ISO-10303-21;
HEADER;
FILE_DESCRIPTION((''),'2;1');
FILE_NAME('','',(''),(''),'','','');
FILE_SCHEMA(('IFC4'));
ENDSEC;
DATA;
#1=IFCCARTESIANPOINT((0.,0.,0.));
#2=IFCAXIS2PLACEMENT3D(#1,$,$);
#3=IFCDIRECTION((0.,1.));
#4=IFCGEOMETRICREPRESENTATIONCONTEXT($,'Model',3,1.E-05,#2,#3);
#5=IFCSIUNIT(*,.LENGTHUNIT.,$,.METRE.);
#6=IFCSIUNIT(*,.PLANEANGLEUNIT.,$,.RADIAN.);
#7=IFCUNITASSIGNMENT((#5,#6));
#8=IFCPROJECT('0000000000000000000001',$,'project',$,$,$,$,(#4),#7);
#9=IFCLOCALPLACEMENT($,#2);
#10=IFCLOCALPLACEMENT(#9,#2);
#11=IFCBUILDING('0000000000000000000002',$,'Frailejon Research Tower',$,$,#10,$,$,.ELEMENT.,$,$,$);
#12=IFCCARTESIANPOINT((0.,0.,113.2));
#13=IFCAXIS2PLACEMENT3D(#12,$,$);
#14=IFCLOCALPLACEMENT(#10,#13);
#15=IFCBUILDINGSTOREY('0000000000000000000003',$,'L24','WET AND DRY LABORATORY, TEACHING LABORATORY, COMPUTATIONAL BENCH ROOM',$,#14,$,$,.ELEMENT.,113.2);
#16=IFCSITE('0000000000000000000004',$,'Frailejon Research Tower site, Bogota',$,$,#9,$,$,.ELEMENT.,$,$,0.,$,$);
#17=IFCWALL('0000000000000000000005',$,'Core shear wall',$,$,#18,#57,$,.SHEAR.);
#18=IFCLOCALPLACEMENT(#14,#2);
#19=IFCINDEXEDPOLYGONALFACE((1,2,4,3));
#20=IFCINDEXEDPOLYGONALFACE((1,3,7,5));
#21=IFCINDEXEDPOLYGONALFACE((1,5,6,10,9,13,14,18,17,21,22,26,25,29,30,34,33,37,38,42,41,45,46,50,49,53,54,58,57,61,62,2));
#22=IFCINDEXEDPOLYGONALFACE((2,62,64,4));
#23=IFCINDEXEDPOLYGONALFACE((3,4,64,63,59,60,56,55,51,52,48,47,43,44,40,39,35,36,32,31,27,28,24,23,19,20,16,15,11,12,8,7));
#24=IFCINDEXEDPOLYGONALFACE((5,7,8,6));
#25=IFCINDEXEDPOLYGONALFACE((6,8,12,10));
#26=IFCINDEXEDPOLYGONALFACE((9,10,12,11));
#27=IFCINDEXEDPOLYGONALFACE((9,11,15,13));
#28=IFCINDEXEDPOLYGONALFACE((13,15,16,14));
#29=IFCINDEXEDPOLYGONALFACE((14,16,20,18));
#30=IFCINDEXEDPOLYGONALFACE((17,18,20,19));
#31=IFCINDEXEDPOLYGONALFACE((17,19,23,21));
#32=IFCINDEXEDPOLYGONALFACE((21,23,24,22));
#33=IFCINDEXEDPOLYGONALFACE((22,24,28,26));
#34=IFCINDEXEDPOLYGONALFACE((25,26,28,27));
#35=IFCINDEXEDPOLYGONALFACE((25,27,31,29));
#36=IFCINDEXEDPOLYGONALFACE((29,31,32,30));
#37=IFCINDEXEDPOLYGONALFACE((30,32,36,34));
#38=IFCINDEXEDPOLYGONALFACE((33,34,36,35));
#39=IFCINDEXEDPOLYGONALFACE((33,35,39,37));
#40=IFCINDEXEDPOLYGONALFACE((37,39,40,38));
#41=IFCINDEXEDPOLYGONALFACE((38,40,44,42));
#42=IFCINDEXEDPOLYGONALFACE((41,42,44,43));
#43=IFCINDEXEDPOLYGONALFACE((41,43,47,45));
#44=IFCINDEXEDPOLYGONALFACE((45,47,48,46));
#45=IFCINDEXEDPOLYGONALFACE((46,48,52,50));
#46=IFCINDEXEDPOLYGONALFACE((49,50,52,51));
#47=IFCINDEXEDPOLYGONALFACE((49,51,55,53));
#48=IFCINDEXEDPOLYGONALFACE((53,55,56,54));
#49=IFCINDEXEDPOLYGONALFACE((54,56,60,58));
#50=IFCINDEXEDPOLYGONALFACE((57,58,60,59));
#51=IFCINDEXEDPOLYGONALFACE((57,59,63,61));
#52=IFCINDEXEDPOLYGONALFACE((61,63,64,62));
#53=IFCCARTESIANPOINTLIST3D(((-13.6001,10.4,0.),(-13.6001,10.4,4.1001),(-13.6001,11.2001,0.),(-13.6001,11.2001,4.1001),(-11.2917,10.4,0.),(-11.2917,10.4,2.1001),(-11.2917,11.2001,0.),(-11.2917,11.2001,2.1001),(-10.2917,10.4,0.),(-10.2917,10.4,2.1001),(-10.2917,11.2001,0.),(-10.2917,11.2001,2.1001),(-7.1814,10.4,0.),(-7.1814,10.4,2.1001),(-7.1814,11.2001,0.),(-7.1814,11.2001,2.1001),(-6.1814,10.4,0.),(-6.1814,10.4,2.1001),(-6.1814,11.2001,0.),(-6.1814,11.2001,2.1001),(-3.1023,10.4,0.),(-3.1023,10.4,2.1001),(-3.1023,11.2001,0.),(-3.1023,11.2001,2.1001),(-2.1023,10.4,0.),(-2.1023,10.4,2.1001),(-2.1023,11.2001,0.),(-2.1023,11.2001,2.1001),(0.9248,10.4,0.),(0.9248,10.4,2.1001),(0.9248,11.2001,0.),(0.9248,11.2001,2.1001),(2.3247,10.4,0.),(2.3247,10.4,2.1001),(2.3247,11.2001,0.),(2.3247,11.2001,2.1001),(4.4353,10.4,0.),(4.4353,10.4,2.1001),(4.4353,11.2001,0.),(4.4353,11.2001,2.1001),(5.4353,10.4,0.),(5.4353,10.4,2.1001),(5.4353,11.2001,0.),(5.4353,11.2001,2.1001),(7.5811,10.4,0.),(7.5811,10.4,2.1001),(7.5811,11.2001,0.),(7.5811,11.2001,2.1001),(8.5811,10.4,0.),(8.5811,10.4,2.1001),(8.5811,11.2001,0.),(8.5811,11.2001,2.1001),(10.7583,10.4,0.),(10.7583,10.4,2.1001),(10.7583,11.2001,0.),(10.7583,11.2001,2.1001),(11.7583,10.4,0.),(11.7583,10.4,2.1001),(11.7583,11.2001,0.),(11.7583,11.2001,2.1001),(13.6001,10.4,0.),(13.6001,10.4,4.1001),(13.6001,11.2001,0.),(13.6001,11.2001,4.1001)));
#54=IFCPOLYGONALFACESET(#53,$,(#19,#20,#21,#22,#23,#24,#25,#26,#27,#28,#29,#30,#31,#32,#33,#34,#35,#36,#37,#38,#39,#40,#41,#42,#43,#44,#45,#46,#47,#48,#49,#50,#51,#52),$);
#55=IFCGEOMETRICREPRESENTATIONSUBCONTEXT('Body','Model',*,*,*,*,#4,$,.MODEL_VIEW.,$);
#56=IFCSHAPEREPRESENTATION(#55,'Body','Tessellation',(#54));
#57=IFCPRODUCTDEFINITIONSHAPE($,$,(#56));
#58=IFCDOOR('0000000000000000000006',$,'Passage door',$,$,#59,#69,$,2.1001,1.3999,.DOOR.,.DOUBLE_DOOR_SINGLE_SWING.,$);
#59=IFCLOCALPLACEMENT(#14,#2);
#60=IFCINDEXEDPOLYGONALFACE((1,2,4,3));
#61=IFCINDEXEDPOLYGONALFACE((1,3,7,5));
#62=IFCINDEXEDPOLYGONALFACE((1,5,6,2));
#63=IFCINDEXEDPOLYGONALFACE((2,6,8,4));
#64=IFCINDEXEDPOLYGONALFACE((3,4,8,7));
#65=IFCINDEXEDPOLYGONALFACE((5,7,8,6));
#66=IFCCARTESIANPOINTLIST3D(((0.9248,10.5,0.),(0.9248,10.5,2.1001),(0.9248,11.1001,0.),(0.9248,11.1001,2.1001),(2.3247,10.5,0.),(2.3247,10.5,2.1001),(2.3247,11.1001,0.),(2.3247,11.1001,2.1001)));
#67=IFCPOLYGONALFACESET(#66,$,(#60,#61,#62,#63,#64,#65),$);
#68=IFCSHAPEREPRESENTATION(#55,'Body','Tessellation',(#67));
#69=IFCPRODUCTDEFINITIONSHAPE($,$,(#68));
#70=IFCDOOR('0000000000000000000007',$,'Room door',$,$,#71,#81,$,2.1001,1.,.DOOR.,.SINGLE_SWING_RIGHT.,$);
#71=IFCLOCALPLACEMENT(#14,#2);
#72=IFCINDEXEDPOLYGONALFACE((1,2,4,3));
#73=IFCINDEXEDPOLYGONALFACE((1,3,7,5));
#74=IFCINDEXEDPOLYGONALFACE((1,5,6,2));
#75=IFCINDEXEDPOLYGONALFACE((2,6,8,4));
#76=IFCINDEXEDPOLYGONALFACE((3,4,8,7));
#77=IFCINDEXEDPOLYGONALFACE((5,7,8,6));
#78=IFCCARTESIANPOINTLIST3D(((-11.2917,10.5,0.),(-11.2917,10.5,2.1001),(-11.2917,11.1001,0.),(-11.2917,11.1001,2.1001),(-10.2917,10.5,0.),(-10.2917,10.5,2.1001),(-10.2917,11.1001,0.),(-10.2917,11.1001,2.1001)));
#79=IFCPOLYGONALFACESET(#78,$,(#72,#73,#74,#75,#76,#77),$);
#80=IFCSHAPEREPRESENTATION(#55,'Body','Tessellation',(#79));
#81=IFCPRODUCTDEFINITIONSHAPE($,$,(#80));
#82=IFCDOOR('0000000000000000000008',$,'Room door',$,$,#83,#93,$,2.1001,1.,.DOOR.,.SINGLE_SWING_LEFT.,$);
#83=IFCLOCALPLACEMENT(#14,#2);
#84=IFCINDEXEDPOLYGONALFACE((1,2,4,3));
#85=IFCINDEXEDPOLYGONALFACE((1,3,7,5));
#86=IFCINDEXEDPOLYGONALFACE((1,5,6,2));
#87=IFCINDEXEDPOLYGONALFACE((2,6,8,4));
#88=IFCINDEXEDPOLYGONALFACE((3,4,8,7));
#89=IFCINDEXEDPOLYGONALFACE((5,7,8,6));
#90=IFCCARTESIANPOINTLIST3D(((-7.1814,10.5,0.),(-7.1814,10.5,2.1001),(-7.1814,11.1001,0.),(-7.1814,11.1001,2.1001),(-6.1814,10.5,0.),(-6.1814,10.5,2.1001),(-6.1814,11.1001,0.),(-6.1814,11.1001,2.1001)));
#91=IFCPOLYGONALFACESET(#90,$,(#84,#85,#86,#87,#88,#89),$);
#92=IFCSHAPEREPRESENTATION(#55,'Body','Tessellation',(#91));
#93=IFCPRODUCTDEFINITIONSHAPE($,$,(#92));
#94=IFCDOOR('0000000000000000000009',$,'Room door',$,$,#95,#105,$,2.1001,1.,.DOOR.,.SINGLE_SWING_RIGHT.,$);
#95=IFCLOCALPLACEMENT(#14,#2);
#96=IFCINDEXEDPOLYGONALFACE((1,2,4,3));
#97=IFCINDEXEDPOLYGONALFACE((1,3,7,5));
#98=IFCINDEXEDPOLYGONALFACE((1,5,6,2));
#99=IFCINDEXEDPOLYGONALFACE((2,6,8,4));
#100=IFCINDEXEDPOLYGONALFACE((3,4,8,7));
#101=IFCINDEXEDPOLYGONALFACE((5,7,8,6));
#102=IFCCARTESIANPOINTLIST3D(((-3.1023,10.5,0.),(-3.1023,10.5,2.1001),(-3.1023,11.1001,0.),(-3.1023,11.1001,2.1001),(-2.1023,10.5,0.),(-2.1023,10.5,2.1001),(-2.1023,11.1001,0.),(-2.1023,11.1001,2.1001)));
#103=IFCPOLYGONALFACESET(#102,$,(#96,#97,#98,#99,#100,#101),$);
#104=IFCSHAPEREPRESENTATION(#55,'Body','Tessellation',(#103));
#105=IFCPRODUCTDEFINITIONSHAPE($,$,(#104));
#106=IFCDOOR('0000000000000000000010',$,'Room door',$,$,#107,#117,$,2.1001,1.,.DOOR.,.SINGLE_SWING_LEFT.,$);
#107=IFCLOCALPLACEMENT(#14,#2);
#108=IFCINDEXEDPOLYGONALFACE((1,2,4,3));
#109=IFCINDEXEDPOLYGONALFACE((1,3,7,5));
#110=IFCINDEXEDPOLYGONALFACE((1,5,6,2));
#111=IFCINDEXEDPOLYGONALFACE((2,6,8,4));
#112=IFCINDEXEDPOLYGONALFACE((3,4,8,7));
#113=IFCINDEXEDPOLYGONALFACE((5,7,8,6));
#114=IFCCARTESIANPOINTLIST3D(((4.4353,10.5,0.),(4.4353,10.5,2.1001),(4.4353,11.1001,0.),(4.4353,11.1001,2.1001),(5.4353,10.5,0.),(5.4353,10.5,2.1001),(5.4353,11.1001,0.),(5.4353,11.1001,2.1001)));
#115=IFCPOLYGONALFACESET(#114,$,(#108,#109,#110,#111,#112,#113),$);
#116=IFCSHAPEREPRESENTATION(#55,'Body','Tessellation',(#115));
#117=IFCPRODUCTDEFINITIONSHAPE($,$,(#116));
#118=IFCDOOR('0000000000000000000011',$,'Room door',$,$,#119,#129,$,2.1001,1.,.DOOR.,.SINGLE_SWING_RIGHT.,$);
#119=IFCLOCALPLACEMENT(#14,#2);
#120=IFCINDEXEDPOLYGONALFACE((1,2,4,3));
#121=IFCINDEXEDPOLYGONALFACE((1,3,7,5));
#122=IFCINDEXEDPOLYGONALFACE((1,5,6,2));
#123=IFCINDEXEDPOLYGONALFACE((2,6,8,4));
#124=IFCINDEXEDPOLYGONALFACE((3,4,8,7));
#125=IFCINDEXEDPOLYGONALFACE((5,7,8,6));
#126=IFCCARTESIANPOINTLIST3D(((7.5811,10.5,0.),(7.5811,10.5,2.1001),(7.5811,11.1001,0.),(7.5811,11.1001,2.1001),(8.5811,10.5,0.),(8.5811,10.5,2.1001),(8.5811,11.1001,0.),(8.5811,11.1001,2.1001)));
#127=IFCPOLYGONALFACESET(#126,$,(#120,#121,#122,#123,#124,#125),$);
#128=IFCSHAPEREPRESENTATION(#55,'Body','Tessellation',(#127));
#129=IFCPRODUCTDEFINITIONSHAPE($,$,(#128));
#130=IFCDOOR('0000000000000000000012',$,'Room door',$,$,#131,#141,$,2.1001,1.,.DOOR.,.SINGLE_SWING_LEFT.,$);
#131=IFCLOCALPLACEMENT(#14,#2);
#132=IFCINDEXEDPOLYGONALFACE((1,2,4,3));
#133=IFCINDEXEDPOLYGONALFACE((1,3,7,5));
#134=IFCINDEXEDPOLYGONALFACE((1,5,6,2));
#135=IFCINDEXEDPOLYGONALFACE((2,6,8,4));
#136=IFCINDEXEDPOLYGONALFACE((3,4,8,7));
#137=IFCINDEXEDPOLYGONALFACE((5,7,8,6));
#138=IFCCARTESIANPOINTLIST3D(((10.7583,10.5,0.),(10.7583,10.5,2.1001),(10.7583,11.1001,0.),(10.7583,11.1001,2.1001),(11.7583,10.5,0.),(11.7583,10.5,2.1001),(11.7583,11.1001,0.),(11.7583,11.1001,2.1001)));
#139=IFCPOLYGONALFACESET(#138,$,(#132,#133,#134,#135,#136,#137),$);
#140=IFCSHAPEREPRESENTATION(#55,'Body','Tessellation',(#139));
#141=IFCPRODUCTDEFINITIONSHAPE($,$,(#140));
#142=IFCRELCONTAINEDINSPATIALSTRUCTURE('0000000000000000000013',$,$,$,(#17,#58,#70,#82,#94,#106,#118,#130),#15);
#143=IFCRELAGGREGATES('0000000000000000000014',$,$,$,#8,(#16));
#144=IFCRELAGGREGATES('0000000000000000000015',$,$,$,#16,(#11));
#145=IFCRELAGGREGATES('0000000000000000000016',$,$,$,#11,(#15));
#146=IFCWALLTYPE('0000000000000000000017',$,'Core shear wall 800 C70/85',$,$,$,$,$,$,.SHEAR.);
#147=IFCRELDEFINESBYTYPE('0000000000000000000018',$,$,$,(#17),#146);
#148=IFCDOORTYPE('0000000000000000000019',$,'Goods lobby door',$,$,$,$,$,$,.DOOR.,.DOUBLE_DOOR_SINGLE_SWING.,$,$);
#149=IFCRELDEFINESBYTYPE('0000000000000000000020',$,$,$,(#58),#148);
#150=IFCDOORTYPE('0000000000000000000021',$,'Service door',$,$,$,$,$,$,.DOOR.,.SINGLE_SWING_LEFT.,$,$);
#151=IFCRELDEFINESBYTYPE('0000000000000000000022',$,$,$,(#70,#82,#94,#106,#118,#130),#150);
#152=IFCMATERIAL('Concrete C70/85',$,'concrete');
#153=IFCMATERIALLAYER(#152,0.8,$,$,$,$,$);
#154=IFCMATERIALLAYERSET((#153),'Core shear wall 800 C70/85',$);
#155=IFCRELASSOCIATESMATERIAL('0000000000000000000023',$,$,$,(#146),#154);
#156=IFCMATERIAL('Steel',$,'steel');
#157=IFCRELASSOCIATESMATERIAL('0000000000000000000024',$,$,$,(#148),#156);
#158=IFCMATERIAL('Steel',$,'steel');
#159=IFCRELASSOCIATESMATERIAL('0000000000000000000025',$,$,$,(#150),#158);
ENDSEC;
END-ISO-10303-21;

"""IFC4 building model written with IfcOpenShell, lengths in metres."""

from ifc_helpers import new_model, si_unit, direction, frame, frame_2d, origin, place, context, subcontext, project, spatial, rectangle, extrude, material, layer, layer_set, type_object, element, fill, save


model = new_model("IFC4")

# Units and contexts
model_context = context("Model", 3, precision=1e-05, world=origin(), true_north=direction((0.0, 1.0)))
body_context = subcontext(model_context, "Body", "Model", "MODEL_VIEW")
ifc_project = project(units=[si_unit("LENGTHUNIT", "METRE"), si_unit("PLANEANGLEUNIT", "RADIAN")], contexts=[model_context])

# Site, building, storey
site_placement = place(None, origin())
site = spatial("IfcSite", under=ifc_project, at=site_placement, Name="Frailejon Research Tower site, Bogota", CompositionType="ELEMENT", RefElevation=0.0)
building_placement = place(site_placement, origin())
building = spatial("IfcBuilding", under=site, at=building_placement, Name="Frailejon Research Tower", CompositionType="ELEMENT")
storey_placement = place(building_placement, frame((0.0, 0.0, 113.2)))
storey = spatial("IfcBuildingStorey", under=building, at=storey_placement, Name="L24", Description="WET AND DRY LABORATORY, TEACHING LABORATORY, COMPUTATIONAL BENCH ROOM", CompositionType="ELEMENT", Elevation=113.2)

# Wall, openings, doors
ifc_material_1 = material(Name="Concrete C70/85", Category="concrete")
ifc_layer_1 = layer(ifc_material_1, 0.8)
ifc_layer_set_1 = layer_set([ifc_layer_1], Name="Core shear wall 800 C70/85")
wall_type_1 = type_object("IfcWallType", Name="Core shear wall 800 C70/85", PredefinedType="SHEAR", material=ifc_layer_set_1)
wall_1_placement = place(storey_placement, frame((-13.6001, 10.8, 0.0), z_axis=(0.0, 0.0, 1.0), x_axis=(1.0, 0.0, 0.0)))
wall_1 = element("IfcWall", 1, at=wall_1_placement, inside=storey, type_object=wall_type_1, Name="Core shear wall", PredefinedType="SHEAR", context=body_context, shape_type="SweptSolid", body=[
    extrude(rectangle(XDim=27.2002, YDim=0.8, at=frame_2d((13.6001, 0.0))), origin(), (0.0, 0.0, 1.0), 4.1001),
])
opening_1_placement = place(wall_1_placement, frame((2.3083, 0.0, 0.0)))
opening_1 = element("IfcOpeningElement", 2, at=opening_1_placement, cuts=wall_1, PredefinedType="OPENING", context=body_context, shape_type="SweptSolid", body=[
    extrude(rectangle(XDim=1.0, YDim=2.1001, at=frame_2d((0.5, 1.05))), frame((0.0, 0.4099, 0.0), z_axis=(0.0, -1.0, 0.0), x_axis=(1.0, 0.0, 0.0)), (0.0, 0.0, 1.0), 0.8201),
])
opening_2_placement = place(wall_1_placement, frame((6.4187, 0.0, 0.0)))
opening_2 = element("IfcOpeningElement", 3, at=opening_2_placement, cuts=wall_1, PredefinedType="OPENING", context=body_context, shape_type="SweptSolid", body=[
    extrude(rectangle(XDim=1.0, YDim=2.1001, at=frame_2d((0.5, 1.05))), frame((0.0, 0.4099, 0.0), z_axis=(0.0, -1.0, 0.0), x_axis=(1.0, 0.0, 0.0)), (0.0, 0.0, 1.0), 0.8201),
])
opening_3_placement = place(wall_1_placement, frame((10.4978, 0.0, 0.0)))
opening_3 = element("IfcOpeningElement", 4, at=opening_3_placement, cuts=wall_1, PredefinedType="OPENING", context=body_context, shape_type="SweptSolid", body=[
    extrude(rectangle(XDim=1.0, YDim=2.1001, at=frame_2d((0.5, 1.05))), frame((0.0, 0.4099, 0.0), z_axis=(0.0, -1.0, 0.0), x_axis=(1.0, 0.0, 0.0)), (0.0, 0.0, 1.0), 0.8201),
])
opening_4_placement = place(wall_1_placement, frame((18.0354, 0.0, 0.0)))
opening_4 = element("IfcOpeningElement", 5, at=opening_4_placement, cuts=wall_1, PredefinedType="OPENING", context=body_context, shape_type="SweptSolid", body=[
    extrude(rectangle(XDim=1.0, YDim=2.1001, at=frame_2d((0.5, 1.05))), frame((0.0, 0.4099, 0.0), z_axis=(0.0, -1.0, 0.0), x_axis=(1.0, 0.0, 0.0)), (0.0, 0.0, 1.0), 0.8201),
])
opening_5_placement = place(wall_1_placement, frame((21.1812, 0.0, 0.0)))
opening_5 = element("IfcOpeningElement", 6, at=opening_5_placement, cuts=wall_1, PredefinedType="OPENING", context=body_context, shape_type="SweptSolid", body=[
    extrude(rectangle(XDim=1.0, YDim=2.1001, at=frame_2d((0.5, 1.05))), frame((0.0, 0.4099, 0.0), z_axis=(0.0, -1.0, 0.0), x_axis=(1.0, 0.0, 0.0)), (0.0, 0.0, 1.0), 0.8201),
])
opening_6_placement = place(wall_1_placement, frame((24.3584, 0.0, 0.0)))
opening_6 = element("IfcOpeningElement", 7, at=opening_6_placement, cuts=wall_1, PredefinedType="OPENING", context=body_context, shape_type="SweptSolid", body=[
    extrude(rectangle(XDim=1.0, YDim=2.1001, at=frame_2d((0.5, 1.05))), frame((0.0, 0.4099, 0.0), z_axis=(0.0, -1.0, 0.0), x_axis=(1.0, 0.0, 0.0)), (0.0, 0.0, 1.0), 0.8201),
])
opening_7_placement = place(wall_1_placement, frame((14.5249, 0.0, 0.0)))
opening_7 = element("IfcOpeningElement", 8, at=opening_7_placement, cuts=wall_1, PredefinedType="OPENING", context=body_context, shape_type="SweptSolid", body=[
    extrude(rectangle(XDim=1.3999, YDim=2.1001, at=frame_2d((0.7, 1.05))), frame((0.0, 0.4099, 0.0), z_axis=(0.0, -1.0, 0.0), x_axis=(1.0, 0.0, 0.0)), (0.0, 0.0, 1.0), 0.8201),
])
ifc_material_2 = material(Name="Steel", Category="steel")
door_type_1 = type_object("IfcDoorType", Name="Goods lobby door", OperationType="DOUBLE_DOOR_SINGLE_SWING", PredefinedType="DOOR", material=ifc_material_2)
door_1_placement = place(opening_7_placement, origin())
door_1 = element("IfcDoor", 9, at=door_1_placement, inside=storey, type_object=door_type_1, Name="Passage door", OperationType="DOUBLE_DOOR_SINGLE_SWING", OverallHeight=2.1001, OverallWidth=1.3999, PredefinedType="DOOR", context=body_context, shape_type="SweptSolid", body=[
    extrude(rectangle(XDim=1.3999, YDim=2.1001, at=frame_2d((0.7, 1.05))), frame((0.0, 0.3, 0.0), z_axis=(0.0, -1.0, 0.0), x_axis=(1.0, 0.0, 0.0)), (0.0, 0.0, 1.0), 0.6001),
])
fill(opening_7, door_1)
ifc_material_3 = material(Name="Steel", Category="steel")
door_type_2 = type_object("IfcDoorType", Name="Service door", OperationType="SINGLE_SWING_LEFT", PredefinedType="DOOR", material=ifc_material_3)
door_2_placement = place(opening_1_placement, origin())
door_2 = element("IfcDoor", 10, at=door_2_placement, inside=storey, type_object=door_type_2, Name="Room door", OperationType="SINGLE_SWING_RIGHT", OverallHeight=2.1001, OverallWidth=1.0, PredefinedType="DOOR", context=body_context, shape_type="SweptSolid", body=[
    extrude(rectangle(XDim=1.0, YDim=2.1001, at=frame_2d((0.5, 1.05))), frame((0.0, 0.3, 0.0), z_axis=(0.0, -1.0, 0.0), x_axis=(1.0, 0.0, 0.0)), (0.0, 0.0, 1.0), 0.6001),
])
fill(opening_1, door_2)
door_3_placement = place(opening_2_placement, origin())
door_3 = element("IfcDoor", 11, at=door_3_placement, inside=storey, type_object=door_type_2, Name="Room door", OperationType="SINGLE_SWING_LEFT", OverallHeight=2.1001, OverallWidth=1.0, PredefinedType="DOOR", context=body_context, shape_type="SweptSolid", body=[
    extrude(rectangle(XDim=1.0, YDim=2.1001, at=frame_2d((0.5, 1.05))), frame((0.0, 0.3, 0.0), z_axis=(0.0, -1.0, 0.0), x_axis=(1.0, 0.0, 0.0)), (0.0, 0.0, 1.0), 0.6001),
])
fill(opening_2, door_3)
door_4_placement = place(opening_3_placement, origin())
door_4 = element("IfcDoor", 12, at=door_4_placement, inside=storey, type_object=door_type_2, Name="Room door", OperationType="SINGLE_SWING_RIGHT", OverallHeight=2.1001, OverallWidth=1.0, PredefinedType="DOOR", context=body_context, shape_type="SweptSolid", body=[
    extrude(rectangle(XDim=1.0, YDim=2.1001, at=frame_2d((0.5, 1.05))), frame((0.0, 0.3, 0.0), z_axis=(0.0, -1.0, 0.0), x_axis=(1.0, 0.0, 0.0)), (0.0, 0.0, 1.0), 0.6001),
])
fill(opening_3, door_4)
door_5_placement = place(opening_4_placement, origin())
door_5 = element("IfcDoor", 13, at=door_5_placement, inside=storey, type_object=door_type_2, Name="Room door", OperationType="SINGLE_SWING_LEFT", OverallHeight=2.1001, OverallWidth=1.0, PredefinedType="DOOR", context=body_context, shape_type="SweptSolid", body=[
    extrude(rectangle(XDim=1.0, YDim=2.1001, at=frame_2d((0.5, 1.05))), frame((0.0, 0.3, 0.0), z_axis=(0.0, -1.0, 0.0), x_axis=(1.0, 0.0, 0.0)), (0.0, 0.0, 1.0), 0.6001),
])
fill(opening_4, door_5)
door_6_placement = place(opening_5_placement, origin())
door_6 = element("IfcDoor", 14, at=door_6_placement, inside=storey, type_object=door_type_2, Name="Room door", OperationType="SINGLE_SWING_RIGHT", OverallHeight=2.1001, OverallWidth=1.0, PredefinedType="DOOR", context=body_context, shape_type="SweptSolid", body=[
    extrude(rectangle(XDim=1.0, YDim=2.1001, at=frame_2d((0.5, 1.05))), frame((0.0, 0.3, 0.0), z_axis=(0.0, -1.0, 0.0), x_axis=(1.0, 0.0, 0.0)), (0.0, 0.0, 1.0), 0.6001),
])
fill(opening_5, door_6)
door_7_placement = place(opening_6_placement, origin())
door_7 = element("IfcDoor", 15, at=door_7_placement, inside=storey, type_object=door_type_2, Name="Room door", OperationType="SINGLE_SWING_LEFT", OverallHeight=2.1001, OverallWidth=1.0, PredefinedType="DOOR", context=body_context, shape_type="SweptSolid", body=[
    extrude(rectangle(XDim=1.0, YDim=2.1001, at=frame_2d((0.5, 1.05))), frame((0.0, 0.3, 0.0), z_axis=(0.0, -1.0, 0.0), x_axis=(1.0, 0.0, 0.0)), (0.0, 0.0, 1.0), 0.6001),
])
fill(opening_6, door_7)

save(model, "model.ifc")
